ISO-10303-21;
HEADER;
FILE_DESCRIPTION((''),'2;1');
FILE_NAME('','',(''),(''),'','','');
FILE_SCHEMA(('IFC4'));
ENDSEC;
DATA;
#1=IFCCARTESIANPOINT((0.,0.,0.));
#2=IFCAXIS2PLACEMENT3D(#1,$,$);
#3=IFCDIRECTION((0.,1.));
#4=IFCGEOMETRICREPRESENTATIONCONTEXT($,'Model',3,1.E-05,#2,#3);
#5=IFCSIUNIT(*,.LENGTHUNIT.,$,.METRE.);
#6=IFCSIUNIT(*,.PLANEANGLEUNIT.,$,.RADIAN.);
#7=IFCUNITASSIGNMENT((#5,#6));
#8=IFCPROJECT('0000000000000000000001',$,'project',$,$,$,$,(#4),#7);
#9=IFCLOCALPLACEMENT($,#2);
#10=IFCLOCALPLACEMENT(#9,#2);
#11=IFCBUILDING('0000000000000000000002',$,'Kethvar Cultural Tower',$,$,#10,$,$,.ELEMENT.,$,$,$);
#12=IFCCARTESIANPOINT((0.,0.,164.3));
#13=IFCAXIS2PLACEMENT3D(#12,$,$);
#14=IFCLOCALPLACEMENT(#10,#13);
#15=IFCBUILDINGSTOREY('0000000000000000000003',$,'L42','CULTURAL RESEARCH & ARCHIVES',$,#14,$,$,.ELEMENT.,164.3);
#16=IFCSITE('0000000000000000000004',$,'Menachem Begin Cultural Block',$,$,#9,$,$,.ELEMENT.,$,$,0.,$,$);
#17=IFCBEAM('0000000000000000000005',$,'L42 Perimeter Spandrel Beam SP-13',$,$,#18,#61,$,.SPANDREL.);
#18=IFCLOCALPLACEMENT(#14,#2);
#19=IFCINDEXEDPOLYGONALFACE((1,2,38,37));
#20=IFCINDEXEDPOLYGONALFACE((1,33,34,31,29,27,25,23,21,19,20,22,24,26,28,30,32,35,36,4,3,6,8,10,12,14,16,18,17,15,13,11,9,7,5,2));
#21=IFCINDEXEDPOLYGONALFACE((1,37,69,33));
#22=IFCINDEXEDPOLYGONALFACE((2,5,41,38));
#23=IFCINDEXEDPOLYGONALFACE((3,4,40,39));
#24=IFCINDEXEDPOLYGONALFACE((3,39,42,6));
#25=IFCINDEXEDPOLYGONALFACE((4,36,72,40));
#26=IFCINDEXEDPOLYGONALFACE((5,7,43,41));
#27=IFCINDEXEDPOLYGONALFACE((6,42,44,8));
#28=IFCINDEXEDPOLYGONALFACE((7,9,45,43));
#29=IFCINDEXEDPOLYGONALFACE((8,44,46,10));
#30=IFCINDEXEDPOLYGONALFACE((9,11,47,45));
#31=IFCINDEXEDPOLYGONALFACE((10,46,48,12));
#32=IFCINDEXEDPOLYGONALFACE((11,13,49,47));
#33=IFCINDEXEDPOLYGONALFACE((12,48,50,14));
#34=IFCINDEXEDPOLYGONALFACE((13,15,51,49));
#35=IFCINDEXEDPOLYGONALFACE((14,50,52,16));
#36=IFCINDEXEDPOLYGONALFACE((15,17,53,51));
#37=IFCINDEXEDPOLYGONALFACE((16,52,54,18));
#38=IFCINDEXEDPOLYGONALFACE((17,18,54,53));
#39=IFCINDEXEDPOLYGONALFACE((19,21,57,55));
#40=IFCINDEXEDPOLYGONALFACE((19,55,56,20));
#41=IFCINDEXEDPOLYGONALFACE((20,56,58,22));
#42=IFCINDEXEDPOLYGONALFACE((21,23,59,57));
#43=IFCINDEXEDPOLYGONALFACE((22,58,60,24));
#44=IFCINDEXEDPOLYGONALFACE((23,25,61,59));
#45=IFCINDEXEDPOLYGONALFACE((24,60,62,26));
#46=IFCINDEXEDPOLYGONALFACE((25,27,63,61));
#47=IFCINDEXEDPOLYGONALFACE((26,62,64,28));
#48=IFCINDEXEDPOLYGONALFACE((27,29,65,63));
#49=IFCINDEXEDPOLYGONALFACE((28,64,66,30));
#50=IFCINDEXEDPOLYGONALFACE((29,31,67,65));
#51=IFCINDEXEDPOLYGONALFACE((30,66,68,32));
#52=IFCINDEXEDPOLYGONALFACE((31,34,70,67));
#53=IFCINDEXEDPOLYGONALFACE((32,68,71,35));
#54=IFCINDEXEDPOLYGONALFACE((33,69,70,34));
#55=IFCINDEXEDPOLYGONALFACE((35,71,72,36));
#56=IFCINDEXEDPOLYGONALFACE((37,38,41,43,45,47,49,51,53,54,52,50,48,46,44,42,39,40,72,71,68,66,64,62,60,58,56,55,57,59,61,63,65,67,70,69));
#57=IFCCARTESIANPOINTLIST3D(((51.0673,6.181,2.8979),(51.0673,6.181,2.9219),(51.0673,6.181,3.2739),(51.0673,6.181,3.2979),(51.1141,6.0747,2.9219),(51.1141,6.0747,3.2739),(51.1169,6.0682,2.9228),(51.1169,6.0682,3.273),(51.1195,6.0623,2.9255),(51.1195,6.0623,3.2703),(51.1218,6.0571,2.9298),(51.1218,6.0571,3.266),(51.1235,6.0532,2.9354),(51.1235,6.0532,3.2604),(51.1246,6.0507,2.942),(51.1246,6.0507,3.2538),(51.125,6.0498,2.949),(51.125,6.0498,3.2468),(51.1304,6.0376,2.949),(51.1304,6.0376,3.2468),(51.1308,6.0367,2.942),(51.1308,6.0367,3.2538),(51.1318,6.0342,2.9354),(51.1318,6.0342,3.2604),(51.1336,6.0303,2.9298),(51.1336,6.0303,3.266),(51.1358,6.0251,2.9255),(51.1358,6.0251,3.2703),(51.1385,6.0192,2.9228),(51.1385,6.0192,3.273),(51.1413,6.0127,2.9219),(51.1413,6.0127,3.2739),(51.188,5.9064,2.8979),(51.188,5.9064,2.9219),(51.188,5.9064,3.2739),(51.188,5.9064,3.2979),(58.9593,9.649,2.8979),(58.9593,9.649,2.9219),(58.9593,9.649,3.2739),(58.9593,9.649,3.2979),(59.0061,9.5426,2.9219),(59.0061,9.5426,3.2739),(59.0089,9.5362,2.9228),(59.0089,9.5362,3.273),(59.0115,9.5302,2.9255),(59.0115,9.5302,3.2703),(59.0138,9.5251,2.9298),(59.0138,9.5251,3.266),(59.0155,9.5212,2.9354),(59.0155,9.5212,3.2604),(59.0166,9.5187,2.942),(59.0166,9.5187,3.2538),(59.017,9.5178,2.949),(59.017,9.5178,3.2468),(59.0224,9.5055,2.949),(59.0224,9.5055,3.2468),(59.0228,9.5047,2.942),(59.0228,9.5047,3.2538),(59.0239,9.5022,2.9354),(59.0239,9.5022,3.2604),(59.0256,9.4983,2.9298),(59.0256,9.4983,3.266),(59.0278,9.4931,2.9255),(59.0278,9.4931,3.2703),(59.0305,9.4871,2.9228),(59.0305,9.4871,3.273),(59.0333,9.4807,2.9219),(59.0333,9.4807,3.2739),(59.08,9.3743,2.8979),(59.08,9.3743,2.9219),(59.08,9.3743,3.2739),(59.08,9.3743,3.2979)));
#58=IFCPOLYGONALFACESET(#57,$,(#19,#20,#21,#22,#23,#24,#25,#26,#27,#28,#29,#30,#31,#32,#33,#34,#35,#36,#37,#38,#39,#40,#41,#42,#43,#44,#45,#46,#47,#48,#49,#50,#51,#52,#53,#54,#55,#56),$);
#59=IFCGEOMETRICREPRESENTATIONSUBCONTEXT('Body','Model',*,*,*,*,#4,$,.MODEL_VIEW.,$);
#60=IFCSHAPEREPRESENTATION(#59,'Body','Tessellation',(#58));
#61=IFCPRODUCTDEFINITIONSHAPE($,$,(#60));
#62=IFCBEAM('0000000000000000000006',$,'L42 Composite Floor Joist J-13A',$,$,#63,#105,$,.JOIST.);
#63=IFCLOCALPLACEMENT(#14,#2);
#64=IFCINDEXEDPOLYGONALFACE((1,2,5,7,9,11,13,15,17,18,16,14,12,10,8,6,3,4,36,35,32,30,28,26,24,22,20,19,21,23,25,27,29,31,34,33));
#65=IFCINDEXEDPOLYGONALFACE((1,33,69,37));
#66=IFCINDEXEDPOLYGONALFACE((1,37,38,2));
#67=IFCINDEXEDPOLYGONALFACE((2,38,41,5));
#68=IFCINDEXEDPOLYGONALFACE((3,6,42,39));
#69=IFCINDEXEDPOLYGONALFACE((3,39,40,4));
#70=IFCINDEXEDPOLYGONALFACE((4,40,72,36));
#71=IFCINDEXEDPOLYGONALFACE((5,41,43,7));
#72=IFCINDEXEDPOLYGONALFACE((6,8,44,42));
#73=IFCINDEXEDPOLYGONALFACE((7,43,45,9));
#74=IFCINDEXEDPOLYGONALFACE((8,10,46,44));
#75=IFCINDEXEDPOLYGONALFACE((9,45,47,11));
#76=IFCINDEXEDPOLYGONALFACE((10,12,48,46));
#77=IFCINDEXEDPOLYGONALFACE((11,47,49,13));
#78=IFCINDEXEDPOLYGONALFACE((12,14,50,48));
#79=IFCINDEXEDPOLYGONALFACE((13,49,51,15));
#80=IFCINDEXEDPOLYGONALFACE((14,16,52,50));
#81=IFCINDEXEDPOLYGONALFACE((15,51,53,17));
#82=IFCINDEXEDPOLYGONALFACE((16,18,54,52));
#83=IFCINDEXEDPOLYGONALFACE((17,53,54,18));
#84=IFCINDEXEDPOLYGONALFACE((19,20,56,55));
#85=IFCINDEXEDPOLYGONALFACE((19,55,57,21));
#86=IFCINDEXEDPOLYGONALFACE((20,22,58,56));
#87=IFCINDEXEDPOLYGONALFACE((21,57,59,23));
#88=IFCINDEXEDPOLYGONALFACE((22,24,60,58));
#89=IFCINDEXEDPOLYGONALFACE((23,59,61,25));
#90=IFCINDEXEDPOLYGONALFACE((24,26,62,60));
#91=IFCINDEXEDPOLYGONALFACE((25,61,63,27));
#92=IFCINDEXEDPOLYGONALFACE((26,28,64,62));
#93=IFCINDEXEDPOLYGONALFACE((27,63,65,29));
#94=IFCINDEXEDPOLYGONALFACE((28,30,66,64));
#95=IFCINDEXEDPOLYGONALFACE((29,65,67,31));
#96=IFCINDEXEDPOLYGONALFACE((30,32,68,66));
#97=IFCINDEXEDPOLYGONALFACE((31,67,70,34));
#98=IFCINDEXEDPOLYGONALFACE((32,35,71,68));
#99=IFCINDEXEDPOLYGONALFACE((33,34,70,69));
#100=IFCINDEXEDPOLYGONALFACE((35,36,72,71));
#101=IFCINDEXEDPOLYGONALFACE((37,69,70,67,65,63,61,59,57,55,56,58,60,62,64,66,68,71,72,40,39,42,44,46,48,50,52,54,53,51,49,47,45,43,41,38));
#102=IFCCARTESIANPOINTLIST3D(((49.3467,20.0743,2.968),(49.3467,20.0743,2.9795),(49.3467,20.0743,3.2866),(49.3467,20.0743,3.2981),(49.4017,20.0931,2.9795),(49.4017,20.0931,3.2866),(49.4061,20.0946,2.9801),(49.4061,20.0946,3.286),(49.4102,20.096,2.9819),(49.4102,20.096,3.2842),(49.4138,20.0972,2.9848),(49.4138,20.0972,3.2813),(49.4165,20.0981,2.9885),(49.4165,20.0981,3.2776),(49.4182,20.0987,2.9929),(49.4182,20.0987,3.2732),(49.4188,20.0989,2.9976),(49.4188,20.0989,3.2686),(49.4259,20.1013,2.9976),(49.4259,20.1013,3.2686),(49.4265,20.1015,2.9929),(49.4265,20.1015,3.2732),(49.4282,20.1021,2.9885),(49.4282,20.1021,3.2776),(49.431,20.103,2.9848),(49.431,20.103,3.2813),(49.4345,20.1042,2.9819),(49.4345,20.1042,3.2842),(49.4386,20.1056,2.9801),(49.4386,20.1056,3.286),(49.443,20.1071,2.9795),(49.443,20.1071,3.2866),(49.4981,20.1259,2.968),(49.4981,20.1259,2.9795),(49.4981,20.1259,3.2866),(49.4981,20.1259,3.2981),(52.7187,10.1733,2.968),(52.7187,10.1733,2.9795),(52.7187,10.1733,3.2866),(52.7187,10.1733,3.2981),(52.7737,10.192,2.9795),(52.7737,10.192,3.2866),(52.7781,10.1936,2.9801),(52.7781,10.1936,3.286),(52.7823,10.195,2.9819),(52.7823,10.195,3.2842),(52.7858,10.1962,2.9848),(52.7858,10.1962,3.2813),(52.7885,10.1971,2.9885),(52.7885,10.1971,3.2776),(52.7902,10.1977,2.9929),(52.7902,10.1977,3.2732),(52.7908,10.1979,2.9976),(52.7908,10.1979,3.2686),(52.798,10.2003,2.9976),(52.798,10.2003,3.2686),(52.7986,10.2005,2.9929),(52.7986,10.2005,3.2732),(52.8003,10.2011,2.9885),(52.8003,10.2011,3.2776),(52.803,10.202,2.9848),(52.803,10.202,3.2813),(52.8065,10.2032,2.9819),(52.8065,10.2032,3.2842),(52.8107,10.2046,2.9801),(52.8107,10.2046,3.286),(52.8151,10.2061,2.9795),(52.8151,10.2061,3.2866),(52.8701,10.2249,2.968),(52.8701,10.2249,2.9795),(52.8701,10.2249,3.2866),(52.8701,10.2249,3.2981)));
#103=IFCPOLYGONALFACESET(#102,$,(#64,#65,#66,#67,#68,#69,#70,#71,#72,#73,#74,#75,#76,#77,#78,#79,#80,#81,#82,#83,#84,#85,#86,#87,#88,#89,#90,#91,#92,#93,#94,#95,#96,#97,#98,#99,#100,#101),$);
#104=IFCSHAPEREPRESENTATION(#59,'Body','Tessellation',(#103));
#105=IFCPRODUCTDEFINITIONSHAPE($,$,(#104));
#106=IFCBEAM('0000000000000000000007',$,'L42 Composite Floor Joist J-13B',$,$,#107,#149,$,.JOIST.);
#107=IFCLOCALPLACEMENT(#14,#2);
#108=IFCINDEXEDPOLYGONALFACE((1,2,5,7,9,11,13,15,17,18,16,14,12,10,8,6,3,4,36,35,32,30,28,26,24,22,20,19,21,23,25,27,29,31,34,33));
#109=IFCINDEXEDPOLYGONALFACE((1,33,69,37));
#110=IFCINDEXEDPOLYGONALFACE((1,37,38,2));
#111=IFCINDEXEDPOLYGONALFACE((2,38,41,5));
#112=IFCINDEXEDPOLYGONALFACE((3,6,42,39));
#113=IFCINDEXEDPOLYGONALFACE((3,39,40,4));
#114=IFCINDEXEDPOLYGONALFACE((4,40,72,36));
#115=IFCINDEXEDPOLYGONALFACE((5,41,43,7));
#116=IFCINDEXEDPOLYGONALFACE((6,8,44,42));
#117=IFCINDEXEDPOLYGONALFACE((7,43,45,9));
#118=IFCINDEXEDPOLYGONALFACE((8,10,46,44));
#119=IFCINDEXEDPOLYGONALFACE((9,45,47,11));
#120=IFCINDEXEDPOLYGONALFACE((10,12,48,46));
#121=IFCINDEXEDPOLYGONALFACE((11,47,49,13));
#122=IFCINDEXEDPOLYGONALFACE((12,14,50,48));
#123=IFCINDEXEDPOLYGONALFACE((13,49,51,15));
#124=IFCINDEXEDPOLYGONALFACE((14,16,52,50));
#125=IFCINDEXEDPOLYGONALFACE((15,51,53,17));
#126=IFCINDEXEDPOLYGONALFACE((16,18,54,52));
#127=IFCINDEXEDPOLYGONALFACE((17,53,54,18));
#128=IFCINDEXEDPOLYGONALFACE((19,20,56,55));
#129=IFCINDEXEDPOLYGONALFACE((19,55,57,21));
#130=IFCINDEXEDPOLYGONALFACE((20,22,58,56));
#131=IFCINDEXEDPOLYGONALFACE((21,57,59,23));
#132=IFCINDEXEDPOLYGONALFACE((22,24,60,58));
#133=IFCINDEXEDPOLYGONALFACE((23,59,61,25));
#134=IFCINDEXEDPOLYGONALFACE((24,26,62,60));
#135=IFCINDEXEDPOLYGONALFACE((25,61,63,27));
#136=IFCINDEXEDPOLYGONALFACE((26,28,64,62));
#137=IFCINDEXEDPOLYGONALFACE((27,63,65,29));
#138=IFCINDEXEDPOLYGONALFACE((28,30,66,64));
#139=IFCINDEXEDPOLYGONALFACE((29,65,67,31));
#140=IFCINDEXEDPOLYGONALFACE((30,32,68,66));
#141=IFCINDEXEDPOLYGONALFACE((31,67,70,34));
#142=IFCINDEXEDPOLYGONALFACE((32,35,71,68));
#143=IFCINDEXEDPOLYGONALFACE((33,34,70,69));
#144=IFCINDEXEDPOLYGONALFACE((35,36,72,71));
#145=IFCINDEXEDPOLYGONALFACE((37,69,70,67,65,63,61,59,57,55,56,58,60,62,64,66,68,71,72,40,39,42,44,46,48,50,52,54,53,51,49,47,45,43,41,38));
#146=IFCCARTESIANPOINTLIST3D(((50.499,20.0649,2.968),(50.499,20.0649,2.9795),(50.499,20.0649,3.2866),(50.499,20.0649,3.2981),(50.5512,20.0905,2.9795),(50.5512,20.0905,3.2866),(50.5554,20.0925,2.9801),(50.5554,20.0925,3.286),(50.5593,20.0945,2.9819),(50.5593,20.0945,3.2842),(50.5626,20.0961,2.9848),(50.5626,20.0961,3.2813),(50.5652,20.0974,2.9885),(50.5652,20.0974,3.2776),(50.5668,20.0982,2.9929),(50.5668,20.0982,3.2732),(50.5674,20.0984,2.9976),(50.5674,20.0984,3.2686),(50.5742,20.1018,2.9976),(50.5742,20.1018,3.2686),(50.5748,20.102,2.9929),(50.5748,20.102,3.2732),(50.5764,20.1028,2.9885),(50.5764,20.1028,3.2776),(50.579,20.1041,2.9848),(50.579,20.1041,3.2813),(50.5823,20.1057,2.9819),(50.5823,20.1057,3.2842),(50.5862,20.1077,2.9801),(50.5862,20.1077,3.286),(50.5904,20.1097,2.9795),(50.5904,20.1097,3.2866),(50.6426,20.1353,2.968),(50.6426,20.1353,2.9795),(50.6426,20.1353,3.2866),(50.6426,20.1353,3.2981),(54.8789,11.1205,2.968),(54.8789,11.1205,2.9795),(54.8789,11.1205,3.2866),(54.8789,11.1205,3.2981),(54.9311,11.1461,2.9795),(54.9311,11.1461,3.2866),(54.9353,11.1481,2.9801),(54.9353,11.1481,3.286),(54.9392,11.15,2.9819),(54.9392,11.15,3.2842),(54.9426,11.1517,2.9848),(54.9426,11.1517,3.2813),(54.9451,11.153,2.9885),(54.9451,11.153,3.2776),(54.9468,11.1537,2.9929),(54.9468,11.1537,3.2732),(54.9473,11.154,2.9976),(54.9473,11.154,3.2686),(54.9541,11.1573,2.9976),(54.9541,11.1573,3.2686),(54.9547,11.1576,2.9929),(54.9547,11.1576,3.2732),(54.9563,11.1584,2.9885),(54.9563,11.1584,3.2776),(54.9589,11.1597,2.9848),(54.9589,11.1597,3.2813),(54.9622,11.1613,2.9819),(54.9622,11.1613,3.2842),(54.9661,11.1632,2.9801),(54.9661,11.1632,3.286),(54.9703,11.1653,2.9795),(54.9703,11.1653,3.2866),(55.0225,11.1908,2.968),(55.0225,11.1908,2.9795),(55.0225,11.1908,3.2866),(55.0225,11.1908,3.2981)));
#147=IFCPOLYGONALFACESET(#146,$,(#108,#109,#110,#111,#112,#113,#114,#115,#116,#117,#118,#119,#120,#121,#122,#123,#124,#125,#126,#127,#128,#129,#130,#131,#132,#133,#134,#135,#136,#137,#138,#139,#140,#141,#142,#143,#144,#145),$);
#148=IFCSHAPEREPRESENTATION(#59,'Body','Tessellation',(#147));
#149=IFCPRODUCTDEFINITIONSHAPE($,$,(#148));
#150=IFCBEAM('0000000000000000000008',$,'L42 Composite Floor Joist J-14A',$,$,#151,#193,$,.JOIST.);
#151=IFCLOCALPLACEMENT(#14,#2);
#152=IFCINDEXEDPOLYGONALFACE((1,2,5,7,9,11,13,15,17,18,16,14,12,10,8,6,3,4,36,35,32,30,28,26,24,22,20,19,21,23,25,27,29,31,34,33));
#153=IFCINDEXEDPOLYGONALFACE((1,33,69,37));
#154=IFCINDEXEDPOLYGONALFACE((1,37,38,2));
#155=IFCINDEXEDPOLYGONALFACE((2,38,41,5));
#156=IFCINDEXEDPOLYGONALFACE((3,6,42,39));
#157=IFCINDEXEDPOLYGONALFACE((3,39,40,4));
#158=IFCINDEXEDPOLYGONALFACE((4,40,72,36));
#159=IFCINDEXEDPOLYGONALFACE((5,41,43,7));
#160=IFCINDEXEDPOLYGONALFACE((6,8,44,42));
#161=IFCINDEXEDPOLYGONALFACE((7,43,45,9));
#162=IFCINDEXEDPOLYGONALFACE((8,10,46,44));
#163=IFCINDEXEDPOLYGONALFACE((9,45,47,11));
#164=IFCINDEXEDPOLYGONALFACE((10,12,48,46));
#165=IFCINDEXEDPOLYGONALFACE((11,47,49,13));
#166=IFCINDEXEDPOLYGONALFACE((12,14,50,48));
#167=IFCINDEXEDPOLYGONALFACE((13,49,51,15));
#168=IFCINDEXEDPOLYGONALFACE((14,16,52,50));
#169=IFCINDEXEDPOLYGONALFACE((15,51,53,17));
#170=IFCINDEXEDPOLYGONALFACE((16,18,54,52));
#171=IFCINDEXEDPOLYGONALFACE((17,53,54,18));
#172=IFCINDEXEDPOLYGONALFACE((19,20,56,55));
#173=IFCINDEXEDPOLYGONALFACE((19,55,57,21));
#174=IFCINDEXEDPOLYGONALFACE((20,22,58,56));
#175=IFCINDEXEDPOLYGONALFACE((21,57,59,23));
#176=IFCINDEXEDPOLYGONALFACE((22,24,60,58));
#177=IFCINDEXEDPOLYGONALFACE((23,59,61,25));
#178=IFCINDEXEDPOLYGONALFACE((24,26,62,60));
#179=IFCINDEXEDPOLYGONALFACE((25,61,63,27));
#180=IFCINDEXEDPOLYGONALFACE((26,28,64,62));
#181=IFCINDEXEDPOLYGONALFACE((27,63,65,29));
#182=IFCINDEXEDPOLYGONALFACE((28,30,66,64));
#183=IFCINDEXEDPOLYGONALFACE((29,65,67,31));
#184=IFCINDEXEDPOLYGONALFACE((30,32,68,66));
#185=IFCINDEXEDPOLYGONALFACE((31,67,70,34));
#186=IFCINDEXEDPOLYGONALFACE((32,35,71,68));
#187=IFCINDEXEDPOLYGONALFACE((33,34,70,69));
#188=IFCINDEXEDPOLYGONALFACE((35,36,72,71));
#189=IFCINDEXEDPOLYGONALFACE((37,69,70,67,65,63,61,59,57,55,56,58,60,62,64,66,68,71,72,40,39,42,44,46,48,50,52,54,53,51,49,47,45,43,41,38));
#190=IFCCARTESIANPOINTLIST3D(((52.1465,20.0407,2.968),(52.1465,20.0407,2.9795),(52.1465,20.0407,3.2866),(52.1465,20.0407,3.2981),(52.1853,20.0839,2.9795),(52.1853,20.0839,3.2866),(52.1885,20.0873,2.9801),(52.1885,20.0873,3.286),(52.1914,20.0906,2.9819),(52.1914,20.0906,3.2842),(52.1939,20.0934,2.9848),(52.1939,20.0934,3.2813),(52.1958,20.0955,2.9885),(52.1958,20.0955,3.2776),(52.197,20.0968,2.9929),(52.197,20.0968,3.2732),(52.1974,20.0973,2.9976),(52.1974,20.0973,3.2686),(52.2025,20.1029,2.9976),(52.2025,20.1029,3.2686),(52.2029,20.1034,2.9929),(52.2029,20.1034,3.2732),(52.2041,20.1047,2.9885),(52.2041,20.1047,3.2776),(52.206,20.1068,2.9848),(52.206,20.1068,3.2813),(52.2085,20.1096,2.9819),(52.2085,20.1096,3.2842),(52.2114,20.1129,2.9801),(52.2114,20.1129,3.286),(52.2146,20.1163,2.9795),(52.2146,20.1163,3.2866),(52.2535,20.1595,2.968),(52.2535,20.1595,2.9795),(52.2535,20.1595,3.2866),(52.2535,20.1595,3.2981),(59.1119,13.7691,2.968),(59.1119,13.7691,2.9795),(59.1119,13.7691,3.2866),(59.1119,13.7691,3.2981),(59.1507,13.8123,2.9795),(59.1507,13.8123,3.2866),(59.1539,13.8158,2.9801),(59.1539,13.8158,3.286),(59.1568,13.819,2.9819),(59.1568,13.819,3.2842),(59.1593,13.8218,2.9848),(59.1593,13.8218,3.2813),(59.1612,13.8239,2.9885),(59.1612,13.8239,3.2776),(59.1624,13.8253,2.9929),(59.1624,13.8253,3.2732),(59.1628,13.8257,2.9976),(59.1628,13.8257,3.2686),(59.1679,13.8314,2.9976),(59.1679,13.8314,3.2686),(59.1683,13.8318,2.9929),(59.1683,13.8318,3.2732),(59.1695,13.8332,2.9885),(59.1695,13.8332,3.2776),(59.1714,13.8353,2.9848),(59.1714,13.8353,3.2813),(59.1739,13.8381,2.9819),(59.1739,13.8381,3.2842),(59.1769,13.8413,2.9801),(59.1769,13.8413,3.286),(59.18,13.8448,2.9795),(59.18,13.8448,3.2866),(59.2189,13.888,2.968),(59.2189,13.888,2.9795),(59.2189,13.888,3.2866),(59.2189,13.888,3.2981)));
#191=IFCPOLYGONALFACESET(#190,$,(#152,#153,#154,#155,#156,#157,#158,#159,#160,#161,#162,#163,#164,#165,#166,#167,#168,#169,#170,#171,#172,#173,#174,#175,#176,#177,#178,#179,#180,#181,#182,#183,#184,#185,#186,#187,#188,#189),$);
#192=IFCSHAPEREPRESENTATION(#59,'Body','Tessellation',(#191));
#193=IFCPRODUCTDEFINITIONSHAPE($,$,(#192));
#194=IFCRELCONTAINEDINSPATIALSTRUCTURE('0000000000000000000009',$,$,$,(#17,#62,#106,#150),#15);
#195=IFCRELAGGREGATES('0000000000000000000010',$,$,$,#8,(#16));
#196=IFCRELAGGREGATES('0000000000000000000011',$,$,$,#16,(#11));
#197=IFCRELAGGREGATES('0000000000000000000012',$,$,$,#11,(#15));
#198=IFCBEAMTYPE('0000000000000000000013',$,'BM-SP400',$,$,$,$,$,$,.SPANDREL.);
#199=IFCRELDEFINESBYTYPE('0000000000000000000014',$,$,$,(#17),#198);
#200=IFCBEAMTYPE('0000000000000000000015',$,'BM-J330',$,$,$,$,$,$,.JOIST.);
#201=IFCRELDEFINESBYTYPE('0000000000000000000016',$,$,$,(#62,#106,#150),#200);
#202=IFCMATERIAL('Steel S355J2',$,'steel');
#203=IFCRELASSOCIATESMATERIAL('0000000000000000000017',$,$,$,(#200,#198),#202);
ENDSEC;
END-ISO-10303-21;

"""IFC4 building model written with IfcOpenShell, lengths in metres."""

from ifc_helpers import new_model, si_unit, direction, frame, origin, origin_2d, place, context, subcontext, project, spatial, i_section, extrude, source, transform, mapped, material, material_profile, profile_set, type_object, element, save


model = new_model("IFC4")

# Units and contexts
model_context = context("Model", 3, precision=1e-05, world=origin(), true_north=direction((0.0, 1.0)))
body_context = subcontext(model_context, "Body", "Model", "MODEL_VIEW")
ifc_project = project(units=[si_unit("LENGTHUNIT", "METRE"), si_unit("PLANEANGLEUNIT", "RADIAN")], contexts=[model_context])

# Site, building, storey
site_placement = place(None, origin())
site = spatial("IfcSite", under=ifc_project, at=site_placement, Name="Menachem Begin Cultural Block", CompositionType="ELEMENT", RefElevation=0.0)
building_placement = place(site_placement, origin())
building = spatial("IfcBuilding", under=site, at=building_placement, Name="Kethvar Cultural Tower", CompositionType="ELEMENT")
storey_placement = place(building_placement, frame((0.0, 0.0, 164.3)))
storey = spatial("IfcBuildingStorey", under=building, at=storey_placement, Name="L42", Description="CULTURAL RESEARCH & ARCHIVES", CompositionType="ELEMENT", Elevation=164.3)

# Beams
ifc_material_1 = material(Name="Steel S355J2", Category="steel")
ifc_material_profile_1 = material_profile(ifc_material_1, i_section(OverallWidth=0.1599, OverallDepth=0.3301, WebThickness=0.0076, FlangeThickness=0.0115, FilletRadius=0.0181, at=origin_2d()), Name="Steel S355J2 — IPE330")
ifc_profile_set_1 = profile_set([ifc_material_profile_1], Name="Steel S355J2 — IPE330")
beam_type_1 = type_object("IfcBeamType", Name="BM-J330", PredefinedType="JOIST", material=ifc_profile_set_1)
ifc_material_profile_2 = material_profile(ifc_material_1, i_section(OverallWidth=0.3, OverallDepth=0.3999, WebThickness=0.0134, FlangeThickness=0.0239, FilletRadius=0.0271, at=origin_2d()), Name="Steel S355J2 — HEB400")
ifc_profile_set_2 = profile_set([ifc_material_profile_2], Name="Steel S355J2 — HEB400")
beam_type_2 = type_object("IfcBeamType", Name="BM-SP400", PredefinedType="SPANDREL", material=ifc_profile_set_2)
shared_shape_1 = source(origin(), body_context, "Body", "SweptSolid", [
    extrude(i_section(OverallWidth=0.3, OverallDepth=0.3999, WebThickness=0.0134, FlangeThickness=0.0239, FilletRadius=0.0271, at=origin_2d()), origin(), (0.0, 0.0, 1.0), 8.6204),
])
beam_1_placement = place(storey_placement, frame((51.1277, 6.0437, 3.0979), z_axis=(0.915507, 0.402301, 0.0), x_axis=(-0.402301, 0.915507, 0.0)))
element("IfcBeam", 1, at=beam_1_placement, inside=storey, type_object=beam_type_2, Name="L42 Perimeter Spandrel Beam SP-13", PredefinedType="SPANDREL", context=body_context, shape_type="MappedRepresentation", body=[
    mapped(shared_shape_1, transform((0.0, 0.0, 0.0), scale=1.0)),
])
shared_shape_2 = source(origin(), body_context, "Body", "SweptSolid", [
    extrude(i_section(OverallWidth=0.1599, OverallDepth=0.3301, WebThickness=0.0076, FlangeThickness=0.0115, FilletRadius=0.0181, at=origin_2d()), origin(), (0.0, 0.0, 1.0), 10.4595),
])
beam_2_placement = place(storey_placement, frame((49.4224, 20.1001, 3.1331), z_axis=(0.32239, -0.946607, 0.0), x_axis=(0.946607, 0.32239, 0.0)))
element("IfcBeam", 2, at=beam_2_placement, inside=storey, type_object=beam_type_1, Name="L42 Composite Floor Joist J-13A", PredefinedType="JOIST", context=body_context, shape_type="MappedRepresentation", body=[
    mapped(shared_shape_2, transform((0.0, 0.0, 0.0), scale=1.0)),
])
shared_shape_3 = source(origin(), body_context, "Body", "SweptSolid", [
    extrude(i_section(OverallWidth=0.1599, OverallDepth=0.3301, WebThickness=0.0076, FlangeThickness=0.0115, FilletRadius=0.0181, at=origin_2d()), origin(), (0.0, 0.0, 1.0), 9.9592),
])
beam_3_placement = place(storey_placement, frame((50.5708, 20.1001, 3.1331), z_axis=(0.439785, -0.898103, 0.0), x_axis=(0.898103, 0.439785, 0.0)))
element("IfcBeam", 3, at=beam_3_placement, inside=storey, type_object=beam_type_1, Name="L42 Composite Floor Joist J-13B", PredefinedType="JOIST", context=body_context, shape_type="MappedRepresentation", body=[
    mapped(shared_shape_3, transform((0.0, 0.0, 0.0), scale=1.0)),
])
shared_shape_4 = source(origin(), body_context, "Body", "SweptSolid", [
    extrude(i_section(OverallWidth=0.1599, OverallDepth=0.3301, WebThickness=0.0076, FlangeThickness=0.0115, FilletRadius=0.0181, at=origin_2d()), origin(), (0.0, 0.0, 1.0), 9.3728),
])
beam_4_placement = place(storey_placement, frame((52.2, 20.1001, 3.1331), z_axis=(0.743152, -0.669123, 0.0), x_axis=(0.669123, 0.743152, 0.0)))
element("IfcBeam", 4, at=beam_4_placement, inside=storey, type_object=beam_type_1, Name="L42 Composite Floor Joist J-14A", PredefinedType="JOIST", context=body_context, shape_type="MappedRepresentation", body=[
    mapped(shared_shape_4, transform((0.0, 0.0, 0.0), scale=1.0)),
])

save(model, "model.ifc")
